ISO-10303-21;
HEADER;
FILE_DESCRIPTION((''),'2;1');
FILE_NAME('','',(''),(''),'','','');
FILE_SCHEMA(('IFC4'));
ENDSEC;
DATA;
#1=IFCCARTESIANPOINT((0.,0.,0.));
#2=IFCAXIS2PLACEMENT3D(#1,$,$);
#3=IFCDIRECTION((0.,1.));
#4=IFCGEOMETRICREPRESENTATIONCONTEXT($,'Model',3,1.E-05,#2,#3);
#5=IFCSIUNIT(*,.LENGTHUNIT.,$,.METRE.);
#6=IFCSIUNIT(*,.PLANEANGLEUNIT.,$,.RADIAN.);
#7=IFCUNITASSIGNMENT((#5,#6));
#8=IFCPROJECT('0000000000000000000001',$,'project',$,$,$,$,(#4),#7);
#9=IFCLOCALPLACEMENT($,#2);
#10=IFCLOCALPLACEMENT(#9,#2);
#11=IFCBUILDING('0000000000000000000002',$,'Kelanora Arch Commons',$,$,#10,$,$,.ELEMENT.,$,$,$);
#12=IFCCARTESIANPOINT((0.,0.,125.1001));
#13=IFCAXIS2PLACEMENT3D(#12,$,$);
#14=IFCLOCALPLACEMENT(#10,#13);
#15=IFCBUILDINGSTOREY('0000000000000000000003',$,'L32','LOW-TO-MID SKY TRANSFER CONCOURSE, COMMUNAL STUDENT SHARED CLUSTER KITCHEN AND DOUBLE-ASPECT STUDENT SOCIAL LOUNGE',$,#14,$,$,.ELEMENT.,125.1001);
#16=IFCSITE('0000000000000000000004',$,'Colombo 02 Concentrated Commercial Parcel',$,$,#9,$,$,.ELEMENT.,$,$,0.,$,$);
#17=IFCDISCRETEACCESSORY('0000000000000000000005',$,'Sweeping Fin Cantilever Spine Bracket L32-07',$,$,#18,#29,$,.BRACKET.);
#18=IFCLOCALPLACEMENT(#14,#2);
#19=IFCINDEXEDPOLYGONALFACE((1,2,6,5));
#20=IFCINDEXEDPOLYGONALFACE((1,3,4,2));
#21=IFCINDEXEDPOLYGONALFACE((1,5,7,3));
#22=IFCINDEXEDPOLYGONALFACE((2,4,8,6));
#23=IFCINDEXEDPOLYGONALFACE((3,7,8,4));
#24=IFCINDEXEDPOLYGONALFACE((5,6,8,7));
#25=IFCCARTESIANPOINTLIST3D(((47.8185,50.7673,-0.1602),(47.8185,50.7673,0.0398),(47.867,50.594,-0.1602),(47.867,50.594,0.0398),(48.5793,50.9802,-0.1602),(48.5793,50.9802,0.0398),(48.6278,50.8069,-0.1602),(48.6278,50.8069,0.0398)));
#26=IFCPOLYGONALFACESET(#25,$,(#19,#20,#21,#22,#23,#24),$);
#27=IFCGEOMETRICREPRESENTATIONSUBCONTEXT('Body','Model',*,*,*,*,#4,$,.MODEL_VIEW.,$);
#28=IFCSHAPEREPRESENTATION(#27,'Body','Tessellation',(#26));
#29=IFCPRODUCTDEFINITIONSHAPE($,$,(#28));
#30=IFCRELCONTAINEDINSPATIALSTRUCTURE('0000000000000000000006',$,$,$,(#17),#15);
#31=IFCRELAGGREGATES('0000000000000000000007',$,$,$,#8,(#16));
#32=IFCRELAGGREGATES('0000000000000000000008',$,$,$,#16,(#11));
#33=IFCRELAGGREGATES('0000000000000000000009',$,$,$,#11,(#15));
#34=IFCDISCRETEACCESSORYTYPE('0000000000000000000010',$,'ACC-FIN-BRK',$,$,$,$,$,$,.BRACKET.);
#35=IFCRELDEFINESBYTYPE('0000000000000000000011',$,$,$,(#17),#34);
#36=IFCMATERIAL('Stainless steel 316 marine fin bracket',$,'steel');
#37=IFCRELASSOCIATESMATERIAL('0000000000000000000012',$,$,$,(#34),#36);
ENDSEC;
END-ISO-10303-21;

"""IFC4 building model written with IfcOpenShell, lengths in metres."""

from ifc_helpers import new_model, si_unit, direction, frame, origin, origin_2d, place, context, subcontext, project, spatial, rectangle, extrude, source, transform, mapped, material, type_object, element, save


model = new_model("IFC4")

# Units and contexts
model_context = context("Model", 3, precision=1e-05, world=origin(), true_north=direction((0.0, 1.0)))
body_context = subcontext(model_context, "Body", "Model", "MODEL_VIEW")
ifc_project = project(units=[si_unit("LENGTHUNIT", "METRE"), si_unit("PLANEANGLEUNIT", "RADIAN")], contexts=[model_context])

# Site, building, storey
site_placement = place(None, origin())
site = spatial("IfcSite", under=ifc_project, at=site_placement, Name="Colombo 02 Concentrated Commercial Parcel", CompositionType="ELEMENT", RefElevation=0.0)
building_placement = place(site_placement, origin())
building = spatial("IfcBuilding", under=site, at=building_placement, Name="Kelanora Arch Commons", CompositionType="ELEMENT")
storey_placement = place(building_placement, frame((0.0, 0.0, 125.1001)))
storey = spatial("IfcBuildingStorey", under=building, at=storey_placement, Name="L32", Description="LOW-TO-MID SKY TRANSFER CONCOURSE, COMMUNAL STUDENT SHARED CLUSTER KITCHEN AND DOUBLE-ASPECT STUDENT SOCIAL LOUNGE", CompositionType="ELEMENT", Elevation=125.1001)

# Discrete accessory
ifc_material_1 = material(Name="Stainless steel 316 marine fin bracket", Category="steel")
discrete_accessory_type = type_object("IfcDiscreteAccessoryType", Name="ACC-FIN-BRK", PredefinedType="BRACKET", material=ifc_material_1)
shared_shape_1 = source(origin(), body_context, "Body", "SweptSolid", [
    extrude(rectangle(XDim=0.79, YDim=0.1799, at=origin_2d()), origin(), (0.0, 0.0, 1.0), 0.2),
])
discrete_accessory_placement = place(storey_placement, frame((48.2231, 50.7871, -0.1602), z_axis=(0.0, 0.0, 1.0), x_axis=(-0.963022, -0.269424, 0.0)))
element("IfcDiscreteAccessory", 1, at=discrete_accessory_placement, inside=storey, type_object=discrete_accessory_type, Name="Sweeping Fin Cantilever Spine Bracket L32-07", PredefinedType="BRACKET", context=body_context, shape_type="MappedRepresentation", body=[
    mapped(shared_shape_1, transform((0.0, 0.0, 0.0), scale=1.0)),
])

save(model, "model.ifc")
